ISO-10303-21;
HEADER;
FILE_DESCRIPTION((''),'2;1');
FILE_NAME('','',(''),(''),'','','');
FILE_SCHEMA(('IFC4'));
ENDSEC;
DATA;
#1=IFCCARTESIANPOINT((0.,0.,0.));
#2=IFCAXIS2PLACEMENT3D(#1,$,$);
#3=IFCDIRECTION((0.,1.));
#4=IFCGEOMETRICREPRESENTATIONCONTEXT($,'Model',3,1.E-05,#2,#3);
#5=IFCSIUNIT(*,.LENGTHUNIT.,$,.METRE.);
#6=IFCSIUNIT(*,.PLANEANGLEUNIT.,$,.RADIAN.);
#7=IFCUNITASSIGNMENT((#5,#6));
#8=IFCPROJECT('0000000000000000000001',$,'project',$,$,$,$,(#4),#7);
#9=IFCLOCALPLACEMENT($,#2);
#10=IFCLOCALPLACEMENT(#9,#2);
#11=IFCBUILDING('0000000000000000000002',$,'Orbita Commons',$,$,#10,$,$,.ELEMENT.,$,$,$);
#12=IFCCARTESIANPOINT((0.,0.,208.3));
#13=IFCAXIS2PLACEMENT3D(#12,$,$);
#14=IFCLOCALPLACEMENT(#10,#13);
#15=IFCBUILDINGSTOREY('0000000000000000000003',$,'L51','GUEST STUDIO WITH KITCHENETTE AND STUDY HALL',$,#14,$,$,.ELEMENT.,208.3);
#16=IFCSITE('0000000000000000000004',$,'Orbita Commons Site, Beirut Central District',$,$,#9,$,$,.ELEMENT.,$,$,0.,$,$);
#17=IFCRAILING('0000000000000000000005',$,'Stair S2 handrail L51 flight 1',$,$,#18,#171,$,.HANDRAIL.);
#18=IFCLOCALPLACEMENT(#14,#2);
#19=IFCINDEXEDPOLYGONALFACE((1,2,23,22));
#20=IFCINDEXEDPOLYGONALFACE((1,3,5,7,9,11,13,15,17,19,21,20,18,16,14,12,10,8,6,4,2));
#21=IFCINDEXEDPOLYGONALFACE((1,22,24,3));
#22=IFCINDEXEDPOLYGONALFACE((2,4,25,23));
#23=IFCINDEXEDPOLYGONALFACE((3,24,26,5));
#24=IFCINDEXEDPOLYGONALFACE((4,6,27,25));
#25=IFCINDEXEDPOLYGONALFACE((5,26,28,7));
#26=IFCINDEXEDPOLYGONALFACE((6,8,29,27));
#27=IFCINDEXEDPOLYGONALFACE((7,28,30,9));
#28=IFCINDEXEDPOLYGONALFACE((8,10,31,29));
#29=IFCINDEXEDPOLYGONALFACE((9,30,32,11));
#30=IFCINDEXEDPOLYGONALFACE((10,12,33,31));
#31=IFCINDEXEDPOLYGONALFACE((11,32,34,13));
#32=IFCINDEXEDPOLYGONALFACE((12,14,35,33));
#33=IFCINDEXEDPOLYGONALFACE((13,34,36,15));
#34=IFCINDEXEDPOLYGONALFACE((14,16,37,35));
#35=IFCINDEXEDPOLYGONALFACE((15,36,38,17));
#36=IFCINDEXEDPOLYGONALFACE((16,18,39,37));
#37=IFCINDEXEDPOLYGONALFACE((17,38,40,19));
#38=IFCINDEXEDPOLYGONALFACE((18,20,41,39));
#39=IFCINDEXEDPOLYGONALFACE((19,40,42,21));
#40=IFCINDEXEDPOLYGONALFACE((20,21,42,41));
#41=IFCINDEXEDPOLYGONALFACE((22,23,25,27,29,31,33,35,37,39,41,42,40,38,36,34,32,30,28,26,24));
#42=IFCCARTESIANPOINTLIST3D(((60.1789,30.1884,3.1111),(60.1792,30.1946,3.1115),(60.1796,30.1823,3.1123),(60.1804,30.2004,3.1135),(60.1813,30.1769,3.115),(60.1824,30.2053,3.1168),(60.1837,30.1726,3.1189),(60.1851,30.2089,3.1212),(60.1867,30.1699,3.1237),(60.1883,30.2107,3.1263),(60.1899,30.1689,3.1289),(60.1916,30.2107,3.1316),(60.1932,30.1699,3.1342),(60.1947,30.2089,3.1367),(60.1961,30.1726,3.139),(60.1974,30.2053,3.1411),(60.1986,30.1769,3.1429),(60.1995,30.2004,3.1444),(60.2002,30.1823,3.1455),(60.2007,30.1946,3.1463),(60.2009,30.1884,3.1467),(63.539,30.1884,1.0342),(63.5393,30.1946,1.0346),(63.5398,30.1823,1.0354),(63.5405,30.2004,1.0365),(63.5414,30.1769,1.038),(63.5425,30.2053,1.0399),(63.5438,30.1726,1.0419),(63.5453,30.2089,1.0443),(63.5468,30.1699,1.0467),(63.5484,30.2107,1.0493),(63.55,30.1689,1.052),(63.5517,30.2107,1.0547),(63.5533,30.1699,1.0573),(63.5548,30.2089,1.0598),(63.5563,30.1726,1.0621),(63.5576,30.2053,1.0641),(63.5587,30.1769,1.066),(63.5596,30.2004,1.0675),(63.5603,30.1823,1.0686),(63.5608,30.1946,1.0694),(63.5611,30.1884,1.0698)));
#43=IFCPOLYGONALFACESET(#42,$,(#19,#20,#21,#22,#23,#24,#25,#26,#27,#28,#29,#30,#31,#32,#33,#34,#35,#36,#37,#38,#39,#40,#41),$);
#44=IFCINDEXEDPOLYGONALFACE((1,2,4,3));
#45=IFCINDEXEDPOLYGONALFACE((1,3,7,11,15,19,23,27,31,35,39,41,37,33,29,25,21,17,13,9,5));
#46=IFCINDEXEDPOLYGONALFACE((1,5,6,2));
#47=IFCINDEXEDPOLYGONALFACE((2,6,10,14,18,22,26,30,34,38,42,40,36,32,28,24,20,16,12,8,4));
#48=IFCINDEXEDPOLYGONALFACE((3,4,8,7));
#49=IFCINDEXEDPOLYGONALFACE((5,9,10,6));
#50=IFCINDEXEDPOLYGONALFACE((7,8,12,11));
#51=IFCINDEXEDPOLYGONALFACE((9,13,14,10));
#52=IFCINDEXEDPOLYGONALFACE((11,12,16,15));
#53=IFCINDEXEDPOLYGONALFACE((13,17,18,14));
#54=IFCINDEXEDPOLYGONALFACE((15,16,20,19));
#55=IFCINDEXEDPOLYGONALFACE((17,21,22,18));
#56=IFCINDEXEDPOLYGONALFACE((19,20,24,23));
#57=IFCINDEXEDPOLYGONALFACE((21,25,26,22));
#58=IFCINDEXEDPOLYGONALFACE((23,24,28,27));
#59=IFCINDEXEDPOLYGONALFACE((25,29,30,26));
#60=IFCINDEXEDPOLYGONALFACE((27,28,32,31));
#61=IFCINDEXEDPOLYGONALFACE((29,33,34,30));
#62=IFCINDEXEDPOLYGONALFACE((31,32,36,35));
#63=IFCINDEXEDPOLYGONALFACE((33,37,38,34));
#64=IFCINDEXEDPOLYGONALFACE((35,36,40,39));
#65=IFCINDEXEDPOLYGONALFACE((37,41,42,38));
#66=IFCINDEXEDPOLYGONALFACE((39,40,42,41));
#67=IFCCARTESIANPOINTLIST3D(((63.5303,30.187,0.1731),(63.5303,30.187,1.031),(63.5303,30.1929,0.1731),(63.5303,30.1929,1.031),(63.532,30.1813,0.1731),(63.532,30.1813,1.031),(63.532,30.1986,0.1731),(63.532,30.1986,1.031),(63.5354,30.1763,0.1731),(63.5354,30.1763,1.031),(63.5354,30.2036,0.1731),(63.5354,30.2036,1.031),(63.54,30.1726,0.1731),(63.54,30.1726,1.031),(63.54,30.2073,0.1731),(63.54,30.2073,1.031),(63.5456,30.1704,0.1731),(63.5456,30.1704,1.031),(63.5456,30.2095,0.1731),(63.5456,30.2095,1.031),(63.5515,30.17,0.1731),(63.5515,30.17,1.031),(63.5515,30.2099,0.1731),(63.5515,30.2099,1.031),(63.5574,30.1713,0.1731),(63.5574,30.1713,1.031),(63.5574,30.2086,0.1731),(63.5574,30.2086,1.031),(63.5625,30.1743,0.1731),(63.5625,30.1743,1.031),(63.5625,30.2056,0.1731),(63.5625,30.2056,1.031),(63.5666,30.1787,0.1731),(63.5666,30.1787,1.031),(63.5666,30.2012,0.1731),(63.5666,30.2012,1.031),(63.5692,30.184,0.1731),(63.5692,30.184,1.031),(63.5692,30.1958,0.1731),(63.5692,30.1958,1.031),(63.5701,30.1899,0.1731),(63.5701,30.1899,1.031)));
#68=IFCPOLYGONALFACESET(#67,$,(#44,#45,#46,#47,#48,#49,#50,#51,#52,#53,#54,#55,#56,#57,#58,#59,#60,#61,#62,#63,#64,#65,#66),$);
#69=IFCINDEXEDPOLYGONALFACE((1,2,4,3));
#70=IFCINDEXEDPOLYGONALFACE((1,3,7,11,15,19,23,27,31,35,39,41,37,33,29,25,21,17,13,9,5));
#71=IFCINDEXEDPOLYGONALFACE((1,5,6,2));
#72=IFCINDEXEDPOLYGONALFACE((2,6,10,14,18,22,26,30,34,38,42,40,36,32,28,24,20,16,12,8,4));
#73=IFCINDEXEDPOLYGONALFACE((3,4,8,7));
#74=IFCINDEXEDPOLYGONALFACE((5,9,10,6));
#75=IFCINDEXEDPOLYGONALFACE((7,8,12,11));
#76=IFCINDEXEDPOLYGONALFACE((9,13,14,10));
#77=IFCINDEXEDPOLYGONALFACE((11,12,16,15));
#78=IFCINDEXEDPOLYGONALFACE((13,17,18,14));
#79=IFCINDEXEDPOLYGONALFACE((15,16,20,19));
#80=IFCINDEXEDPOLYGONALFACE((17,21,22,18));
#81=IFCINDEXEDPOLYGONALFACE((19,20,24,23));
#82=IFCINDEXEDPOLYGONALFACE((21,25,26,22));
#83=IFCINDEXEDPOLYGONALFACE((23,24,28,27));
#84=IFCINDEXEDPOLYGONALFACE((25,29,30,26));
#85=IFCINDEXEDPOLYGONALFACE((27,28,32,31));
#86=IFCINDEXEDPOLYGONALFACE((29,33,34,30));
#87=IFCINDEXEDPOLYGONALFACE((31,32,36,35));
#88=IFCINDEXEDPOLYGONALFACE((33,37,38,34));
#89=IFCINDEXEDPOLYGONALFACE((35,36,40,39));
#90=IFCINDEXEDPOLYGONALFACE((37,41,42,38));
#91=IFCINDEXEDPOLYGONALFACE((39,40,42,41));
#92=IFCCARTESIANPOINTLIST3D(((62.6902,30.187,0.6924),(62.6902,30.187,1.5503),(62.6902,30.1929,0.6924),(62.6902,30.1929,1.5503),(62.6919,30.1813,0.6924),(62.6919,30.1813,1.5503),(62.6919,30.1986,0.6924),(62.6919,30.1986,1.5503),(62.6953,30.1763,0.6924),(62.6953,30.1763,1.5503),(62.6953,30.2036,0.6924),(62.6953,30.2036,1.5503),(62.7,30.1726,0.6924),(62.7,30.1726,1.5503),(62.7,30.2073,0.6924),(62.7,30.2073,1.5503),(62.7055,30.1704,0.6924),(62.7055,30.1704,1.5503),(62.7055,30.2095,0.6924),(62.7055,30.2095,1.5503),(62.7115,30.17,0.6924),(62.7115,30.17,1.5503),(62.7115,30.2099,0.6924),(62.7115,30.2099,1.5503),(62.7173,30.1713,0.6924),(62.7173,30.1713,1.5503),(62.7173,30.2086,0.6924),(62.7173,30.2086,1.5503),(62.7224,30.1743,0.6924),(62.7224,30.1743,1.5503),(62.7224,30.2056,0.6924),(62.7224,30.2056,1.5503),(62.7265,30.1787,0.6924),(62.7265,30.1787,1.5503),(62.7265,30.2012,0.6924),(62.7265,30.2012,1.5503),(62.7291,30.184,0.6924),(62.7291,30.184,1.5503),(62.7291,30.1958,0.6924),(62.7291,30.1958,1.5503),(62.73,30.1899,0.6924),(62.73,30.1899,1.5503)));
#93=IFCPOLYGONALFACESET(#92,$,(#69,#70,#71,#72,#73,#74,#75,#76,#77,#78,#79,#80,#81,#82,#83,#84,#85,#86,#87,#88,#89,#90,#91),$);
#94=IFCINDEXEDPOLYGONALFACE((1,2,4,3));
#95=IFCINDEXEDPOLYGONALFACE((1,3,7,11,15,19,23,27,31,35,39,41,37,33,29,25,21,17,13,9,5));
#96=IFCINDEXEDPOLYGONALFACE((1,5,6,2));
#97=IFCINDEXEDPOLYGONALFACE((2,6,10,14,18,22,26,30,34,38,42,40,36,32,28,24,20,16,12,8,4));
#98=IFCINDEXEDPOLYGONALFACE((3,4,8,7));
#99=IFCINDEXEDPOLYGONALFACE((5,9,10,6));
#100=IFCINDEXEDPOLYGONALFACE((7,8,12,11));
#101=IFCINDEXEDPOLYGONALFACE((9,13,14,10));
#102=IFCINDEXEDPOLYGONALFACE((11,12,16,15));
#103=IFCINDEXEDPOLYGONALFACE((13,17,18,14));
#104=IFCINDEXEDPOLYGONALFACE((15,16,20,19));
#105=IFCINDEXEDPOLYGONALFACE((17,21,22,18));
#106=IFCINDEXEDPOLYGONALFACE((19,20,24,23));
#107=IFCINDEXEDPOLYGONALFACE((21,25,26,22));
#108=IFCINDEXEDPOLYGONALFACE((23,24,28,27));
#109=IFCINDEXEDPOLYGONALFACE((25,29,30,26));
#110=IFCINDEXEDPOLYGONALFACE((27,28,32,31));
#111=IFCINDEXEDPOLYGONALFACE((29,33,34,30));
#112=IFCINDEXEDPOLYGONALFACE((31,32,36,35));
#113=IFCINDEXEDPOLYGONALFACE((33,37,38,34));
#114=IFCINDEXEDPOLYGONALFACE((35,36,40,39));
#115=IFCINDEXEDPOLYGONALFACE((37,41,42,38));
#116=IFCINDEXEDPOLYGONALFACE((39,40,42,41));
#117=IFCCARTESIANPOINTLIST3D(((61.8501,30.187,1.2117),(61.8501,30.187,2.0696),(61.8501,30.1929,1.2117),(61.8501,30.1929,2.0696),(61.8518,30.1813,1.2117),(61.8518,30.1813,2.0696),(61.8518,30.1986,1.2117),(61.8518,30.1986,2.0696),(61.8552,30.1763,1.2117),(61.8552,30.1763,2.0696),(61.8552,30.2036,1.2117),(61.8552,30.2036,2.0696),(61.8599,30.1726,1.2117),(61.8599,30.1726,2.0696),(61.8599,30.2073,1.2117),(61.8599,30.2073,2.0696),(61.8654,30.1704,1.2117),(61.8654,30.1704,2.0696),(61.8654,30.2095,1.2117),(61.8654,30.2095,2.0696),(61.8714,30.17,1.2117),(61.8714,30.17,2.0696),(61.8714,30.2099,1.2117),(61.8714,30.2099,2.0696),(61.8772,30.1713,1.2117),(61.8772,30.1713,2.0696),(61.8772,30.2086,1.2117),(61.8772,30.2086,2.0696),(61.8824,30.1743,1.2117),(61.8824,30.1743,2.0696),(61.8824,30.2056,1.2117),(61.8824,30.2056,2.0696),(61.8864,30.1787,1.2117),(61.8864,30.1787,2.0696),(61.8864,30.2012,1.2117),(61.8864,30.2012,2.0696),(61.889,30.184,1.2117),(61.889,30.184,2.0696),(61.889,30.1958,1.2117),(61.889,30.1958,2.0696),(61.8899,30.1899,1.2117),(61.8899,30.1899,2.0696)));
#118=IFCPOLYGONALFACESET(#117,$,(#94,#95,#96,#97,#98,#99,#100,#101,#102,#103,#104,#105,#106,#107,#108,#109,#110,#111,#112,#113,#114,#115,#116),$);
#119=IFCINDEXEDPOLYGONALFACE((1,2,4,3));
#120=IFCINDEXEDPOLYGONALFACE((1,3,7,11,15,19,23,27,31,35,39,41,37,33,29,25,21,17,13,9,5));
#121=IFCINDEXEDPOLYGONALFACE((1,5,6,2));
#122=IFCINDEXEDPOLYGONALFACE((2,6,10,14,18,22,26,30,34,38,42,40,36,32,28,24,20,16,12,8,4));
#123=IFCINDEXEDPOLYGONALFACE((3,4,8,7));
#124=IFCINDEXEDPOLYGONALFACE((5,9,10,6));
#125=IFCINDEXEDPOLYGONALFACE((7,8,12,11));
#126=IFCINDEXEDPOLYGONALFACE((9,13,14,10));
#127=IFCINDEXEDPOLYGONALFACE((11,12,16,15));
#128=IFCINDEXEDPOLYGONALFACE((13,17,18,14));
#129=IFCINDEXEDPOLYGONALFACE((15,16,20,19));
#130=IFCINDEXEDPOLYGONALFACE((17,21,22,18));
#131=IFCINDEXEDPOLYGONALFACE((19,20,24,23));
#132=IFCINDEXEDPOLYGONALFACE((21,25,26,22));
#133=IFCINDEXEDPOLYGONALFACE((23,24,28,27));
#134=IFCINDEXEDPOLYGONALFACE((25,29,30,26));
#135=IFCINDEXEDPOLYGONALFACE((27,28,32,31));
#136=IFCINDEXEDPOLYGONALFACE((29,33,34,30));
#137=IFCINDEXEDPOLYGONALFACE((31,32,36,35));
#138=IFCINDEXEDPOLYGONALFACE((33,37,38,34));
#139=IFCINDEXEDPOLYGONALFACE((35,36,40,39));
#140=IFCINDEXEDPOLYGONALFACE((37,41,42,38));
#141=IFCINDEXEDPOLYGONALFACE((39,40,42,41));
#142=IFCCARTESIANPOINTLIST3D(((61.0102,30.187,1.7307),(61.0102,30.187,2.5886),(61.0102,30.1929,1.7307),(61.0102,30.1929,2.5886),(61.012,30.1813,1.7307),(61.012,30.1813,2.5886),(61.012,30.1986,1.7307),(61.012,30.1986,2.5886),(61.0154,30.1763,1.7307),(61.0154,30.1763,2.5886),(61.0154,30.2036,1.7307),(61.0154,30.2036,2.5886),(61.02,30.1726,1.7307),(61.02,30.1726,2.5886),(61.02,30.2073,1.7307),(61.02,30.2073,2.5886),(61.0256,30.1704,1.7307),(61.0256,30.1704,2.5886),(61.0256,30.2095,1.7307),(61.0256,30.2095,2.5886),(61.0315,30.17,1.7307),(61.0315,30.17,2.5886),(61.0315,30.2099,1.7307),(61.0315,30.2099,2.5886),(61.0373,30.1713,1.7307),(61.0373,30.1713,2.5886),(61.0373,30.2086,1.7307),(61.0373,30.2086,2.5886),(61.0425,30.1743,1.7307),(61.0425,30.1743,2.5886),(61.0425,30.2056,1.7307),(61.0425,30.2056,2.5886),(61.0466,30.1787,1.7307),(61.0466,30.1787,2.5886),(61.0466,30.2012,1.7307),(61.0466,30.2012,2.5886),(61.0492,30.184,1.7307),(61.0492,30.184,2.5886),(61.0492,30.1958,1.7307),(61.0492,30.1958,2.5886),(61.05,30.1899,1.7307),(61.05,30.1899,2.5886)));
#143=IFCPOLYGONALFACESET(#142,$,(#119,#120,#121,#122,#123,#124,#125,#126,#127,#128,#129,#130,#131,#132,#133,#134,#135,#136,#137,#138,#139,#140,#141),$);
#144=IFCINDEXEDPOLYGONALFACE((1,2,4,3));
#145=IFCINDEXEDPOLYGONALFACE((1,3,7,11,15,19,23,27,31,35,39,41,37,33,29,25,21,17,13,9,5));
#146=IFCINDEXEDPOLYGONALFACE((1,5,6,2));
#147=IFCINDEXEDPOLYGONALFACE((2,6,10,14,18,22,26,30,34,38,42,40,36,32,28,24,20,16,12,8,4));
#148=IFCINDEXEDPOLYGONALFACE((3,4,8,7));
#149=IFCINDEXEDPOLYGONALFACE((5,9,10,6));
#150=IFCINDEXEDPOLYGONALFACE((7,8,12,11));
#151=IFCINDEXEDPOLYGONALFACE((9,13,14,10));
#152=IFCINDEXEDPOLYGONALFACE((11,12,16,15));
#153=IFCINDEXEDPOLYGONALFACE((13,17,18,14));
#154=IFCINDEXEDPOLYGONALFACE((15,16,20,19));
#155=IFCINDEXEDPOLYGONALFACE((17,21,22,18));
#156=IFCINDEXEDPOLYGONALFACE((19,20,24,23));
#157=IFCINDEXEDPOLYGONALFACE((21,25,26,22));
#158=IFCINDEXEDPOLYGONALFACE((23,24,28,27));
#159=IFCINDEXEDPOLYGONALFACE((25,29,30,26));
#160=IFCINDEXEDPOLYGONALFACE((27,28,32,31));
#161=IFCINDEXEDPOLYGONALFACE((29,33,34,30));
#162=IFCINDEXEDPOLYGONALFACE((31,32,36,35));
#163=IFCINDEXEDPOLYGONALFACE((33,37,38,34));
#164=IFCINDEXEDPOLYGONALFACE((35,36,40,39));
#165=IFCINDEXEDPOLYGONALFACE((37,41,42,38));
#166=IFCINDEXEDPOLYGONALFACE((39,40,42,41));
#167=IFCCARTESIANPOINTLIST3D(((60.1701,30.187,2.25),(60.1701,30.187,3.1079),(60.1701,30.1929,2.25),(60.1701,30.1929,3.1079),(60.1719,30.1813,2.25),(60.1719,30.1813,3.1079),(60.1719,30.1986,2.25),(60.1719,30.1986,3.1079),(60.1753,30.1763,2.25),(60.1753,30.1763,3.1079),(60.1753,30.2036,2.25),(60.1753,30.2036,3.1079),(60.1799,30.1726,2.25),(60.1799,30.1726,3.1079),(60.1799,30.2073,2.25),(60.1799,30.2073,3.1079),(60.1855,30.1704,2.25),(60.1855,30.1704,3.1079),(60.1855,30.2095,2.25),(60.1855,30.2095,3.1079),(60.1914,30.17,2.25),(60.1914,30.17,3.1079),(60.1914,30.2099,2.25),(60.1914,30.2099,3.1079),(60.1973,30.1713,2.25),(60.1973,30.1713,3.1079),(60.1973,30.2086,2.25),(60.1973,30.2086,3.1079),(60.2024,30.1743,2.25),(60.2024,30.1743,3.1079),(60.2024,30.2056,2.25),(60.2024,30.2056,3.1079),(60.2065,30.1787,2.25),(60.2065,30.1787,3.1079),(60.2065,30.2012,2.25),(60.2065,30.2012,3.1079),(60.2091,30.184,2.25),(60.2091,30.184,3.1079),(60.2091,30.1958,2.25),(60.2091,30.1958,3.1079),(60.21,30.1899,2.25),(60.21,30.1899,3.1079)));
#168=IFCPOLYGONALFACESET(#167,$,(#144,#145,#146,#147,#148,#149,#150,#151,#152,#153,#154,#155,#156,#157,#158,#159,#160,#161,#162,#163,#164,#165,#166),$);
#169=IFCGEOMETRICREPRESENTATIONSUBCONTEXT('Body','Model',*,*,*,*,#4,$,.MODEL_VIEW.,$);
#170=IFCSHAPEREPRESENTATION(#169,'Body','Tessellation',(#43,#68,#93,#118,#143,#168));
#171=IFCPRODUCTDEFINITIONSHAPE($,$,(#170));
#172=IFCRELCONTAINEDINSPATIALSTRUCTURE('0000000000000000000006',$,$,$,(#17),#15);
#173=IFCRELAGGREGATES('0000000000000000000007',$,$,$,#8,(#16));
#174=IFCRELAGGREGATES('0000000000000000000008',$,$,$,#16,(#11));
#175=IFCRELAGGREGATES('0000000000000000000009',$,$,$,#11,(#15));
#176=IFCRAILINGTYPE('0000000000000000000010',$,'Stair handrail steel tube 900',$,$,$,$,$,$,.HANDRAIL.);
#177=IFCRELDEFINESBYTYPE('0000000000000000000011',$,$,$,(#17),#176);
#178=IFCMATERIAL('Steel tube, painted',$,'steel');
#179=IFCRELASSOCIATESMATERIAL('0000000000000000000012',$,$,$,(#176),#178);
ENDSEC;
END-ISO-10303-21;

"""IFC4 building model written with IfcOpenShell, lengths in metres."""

from ifc_helpers import new_model, si_unit, direction, frame, origin, origin_2d, place, context, subcontext, project, spatial, circle, extrude, material, type_object, element, save


model = new_model("IFC4")

# Units and contexts
model_context = context("Model", 3, precision=1e-05, world=origin(), true_north=direction((0.0, 1.0)))
body_context = subcontext(model_context, "Body", "Model", "MODEL_VIEW")
ifc_project = project(units=[si_unit("LENGTHUNIT", "METRE"), si_unit("PLANEANGLEUNIT", "RADIAN")], contexts=[model_context])

# Site, building, storey
site_placement = place(None, origin())
site = spatial("IfcSite", under=ifc_project, at=site_placement, Name="Orbita Commons Site, Beirut Central District", CompositionType="ELEMENT", RefElevation=0.0)
building_placement = place(site_placement, origin())
building = spatial("IfcBuilding", under=site, at=building_placement, Name="Orbita Commons", CompositionType="ELEMENT")
storey_placement = place(building_placement, frame((0.0, 0.0, 208.3)))
storey = spatial("IfcBuildingStorey", under=building, at=storey_placement, Name="L51", Description="GUEST STUDIO WITH KITCHENETTE AND STUDY HALL", CompositionType="ELEMENT", Elevation=208.3)

# Railing
ifc_material_1 = material(Name="Steel tube, painted", Category="steel")
railing_type = type_object("IfcRailingType", Name="Stair handrail steel tube 900", PredefinedType="HANDRAIL", material=ifc_material_1)
for number, where, name in (
    (1, (63.55, 30.1899, 0.1731), "Stair S2 handrail L51 flight 1"),
):
    element("IfcRailing", number, at=place(storey_placement, frame(where)), inside=storey, type_object=railing_type, Name=name, PredefinedType="HANDRAIL", context=body_context, shape_type="SweptSolid", body=[
        extrude(circle(Radius=0.021, at=origin_2d()), frame((0.0, 0.0, 0.8789), z_axis=(-0.850623, 0.0, 0.525776), x_axis=(0.0, -1.0, 0.0)), (0.0, 0.0, 1.0), 3.9502),
        extrude(circle(Radius=0.02, at=origin_2d()), origin(), (0.0, 0.0, 1.0), 0.8579),
        extrude(circle(Radius=0.02, at=origin_2d()), frame((-0.8401, 0.0, 0.5193)), (0.0, 0.0, 1.0), 0.8579),
        extrude(circle(Radius=0.02, at=origin_2d()), frame((-1.6802, 0.0, 1.0386)), (0.0, 0.0, 1.0), 0.8579),
        extrude(circle(Radius=0.02, at=origin_2d()), frame((-2.52, 0.0, 1.5576)), (0.0, 0.0, 1.0), 0.8579),
        extrude(circle(Radius=0.02, at=origin_2d()), frame((-3.3601, 0.0, 2.0769)), (0.0, 0.0, 1.0), 0.8579),
    ])

save(model, "model.ifc")
